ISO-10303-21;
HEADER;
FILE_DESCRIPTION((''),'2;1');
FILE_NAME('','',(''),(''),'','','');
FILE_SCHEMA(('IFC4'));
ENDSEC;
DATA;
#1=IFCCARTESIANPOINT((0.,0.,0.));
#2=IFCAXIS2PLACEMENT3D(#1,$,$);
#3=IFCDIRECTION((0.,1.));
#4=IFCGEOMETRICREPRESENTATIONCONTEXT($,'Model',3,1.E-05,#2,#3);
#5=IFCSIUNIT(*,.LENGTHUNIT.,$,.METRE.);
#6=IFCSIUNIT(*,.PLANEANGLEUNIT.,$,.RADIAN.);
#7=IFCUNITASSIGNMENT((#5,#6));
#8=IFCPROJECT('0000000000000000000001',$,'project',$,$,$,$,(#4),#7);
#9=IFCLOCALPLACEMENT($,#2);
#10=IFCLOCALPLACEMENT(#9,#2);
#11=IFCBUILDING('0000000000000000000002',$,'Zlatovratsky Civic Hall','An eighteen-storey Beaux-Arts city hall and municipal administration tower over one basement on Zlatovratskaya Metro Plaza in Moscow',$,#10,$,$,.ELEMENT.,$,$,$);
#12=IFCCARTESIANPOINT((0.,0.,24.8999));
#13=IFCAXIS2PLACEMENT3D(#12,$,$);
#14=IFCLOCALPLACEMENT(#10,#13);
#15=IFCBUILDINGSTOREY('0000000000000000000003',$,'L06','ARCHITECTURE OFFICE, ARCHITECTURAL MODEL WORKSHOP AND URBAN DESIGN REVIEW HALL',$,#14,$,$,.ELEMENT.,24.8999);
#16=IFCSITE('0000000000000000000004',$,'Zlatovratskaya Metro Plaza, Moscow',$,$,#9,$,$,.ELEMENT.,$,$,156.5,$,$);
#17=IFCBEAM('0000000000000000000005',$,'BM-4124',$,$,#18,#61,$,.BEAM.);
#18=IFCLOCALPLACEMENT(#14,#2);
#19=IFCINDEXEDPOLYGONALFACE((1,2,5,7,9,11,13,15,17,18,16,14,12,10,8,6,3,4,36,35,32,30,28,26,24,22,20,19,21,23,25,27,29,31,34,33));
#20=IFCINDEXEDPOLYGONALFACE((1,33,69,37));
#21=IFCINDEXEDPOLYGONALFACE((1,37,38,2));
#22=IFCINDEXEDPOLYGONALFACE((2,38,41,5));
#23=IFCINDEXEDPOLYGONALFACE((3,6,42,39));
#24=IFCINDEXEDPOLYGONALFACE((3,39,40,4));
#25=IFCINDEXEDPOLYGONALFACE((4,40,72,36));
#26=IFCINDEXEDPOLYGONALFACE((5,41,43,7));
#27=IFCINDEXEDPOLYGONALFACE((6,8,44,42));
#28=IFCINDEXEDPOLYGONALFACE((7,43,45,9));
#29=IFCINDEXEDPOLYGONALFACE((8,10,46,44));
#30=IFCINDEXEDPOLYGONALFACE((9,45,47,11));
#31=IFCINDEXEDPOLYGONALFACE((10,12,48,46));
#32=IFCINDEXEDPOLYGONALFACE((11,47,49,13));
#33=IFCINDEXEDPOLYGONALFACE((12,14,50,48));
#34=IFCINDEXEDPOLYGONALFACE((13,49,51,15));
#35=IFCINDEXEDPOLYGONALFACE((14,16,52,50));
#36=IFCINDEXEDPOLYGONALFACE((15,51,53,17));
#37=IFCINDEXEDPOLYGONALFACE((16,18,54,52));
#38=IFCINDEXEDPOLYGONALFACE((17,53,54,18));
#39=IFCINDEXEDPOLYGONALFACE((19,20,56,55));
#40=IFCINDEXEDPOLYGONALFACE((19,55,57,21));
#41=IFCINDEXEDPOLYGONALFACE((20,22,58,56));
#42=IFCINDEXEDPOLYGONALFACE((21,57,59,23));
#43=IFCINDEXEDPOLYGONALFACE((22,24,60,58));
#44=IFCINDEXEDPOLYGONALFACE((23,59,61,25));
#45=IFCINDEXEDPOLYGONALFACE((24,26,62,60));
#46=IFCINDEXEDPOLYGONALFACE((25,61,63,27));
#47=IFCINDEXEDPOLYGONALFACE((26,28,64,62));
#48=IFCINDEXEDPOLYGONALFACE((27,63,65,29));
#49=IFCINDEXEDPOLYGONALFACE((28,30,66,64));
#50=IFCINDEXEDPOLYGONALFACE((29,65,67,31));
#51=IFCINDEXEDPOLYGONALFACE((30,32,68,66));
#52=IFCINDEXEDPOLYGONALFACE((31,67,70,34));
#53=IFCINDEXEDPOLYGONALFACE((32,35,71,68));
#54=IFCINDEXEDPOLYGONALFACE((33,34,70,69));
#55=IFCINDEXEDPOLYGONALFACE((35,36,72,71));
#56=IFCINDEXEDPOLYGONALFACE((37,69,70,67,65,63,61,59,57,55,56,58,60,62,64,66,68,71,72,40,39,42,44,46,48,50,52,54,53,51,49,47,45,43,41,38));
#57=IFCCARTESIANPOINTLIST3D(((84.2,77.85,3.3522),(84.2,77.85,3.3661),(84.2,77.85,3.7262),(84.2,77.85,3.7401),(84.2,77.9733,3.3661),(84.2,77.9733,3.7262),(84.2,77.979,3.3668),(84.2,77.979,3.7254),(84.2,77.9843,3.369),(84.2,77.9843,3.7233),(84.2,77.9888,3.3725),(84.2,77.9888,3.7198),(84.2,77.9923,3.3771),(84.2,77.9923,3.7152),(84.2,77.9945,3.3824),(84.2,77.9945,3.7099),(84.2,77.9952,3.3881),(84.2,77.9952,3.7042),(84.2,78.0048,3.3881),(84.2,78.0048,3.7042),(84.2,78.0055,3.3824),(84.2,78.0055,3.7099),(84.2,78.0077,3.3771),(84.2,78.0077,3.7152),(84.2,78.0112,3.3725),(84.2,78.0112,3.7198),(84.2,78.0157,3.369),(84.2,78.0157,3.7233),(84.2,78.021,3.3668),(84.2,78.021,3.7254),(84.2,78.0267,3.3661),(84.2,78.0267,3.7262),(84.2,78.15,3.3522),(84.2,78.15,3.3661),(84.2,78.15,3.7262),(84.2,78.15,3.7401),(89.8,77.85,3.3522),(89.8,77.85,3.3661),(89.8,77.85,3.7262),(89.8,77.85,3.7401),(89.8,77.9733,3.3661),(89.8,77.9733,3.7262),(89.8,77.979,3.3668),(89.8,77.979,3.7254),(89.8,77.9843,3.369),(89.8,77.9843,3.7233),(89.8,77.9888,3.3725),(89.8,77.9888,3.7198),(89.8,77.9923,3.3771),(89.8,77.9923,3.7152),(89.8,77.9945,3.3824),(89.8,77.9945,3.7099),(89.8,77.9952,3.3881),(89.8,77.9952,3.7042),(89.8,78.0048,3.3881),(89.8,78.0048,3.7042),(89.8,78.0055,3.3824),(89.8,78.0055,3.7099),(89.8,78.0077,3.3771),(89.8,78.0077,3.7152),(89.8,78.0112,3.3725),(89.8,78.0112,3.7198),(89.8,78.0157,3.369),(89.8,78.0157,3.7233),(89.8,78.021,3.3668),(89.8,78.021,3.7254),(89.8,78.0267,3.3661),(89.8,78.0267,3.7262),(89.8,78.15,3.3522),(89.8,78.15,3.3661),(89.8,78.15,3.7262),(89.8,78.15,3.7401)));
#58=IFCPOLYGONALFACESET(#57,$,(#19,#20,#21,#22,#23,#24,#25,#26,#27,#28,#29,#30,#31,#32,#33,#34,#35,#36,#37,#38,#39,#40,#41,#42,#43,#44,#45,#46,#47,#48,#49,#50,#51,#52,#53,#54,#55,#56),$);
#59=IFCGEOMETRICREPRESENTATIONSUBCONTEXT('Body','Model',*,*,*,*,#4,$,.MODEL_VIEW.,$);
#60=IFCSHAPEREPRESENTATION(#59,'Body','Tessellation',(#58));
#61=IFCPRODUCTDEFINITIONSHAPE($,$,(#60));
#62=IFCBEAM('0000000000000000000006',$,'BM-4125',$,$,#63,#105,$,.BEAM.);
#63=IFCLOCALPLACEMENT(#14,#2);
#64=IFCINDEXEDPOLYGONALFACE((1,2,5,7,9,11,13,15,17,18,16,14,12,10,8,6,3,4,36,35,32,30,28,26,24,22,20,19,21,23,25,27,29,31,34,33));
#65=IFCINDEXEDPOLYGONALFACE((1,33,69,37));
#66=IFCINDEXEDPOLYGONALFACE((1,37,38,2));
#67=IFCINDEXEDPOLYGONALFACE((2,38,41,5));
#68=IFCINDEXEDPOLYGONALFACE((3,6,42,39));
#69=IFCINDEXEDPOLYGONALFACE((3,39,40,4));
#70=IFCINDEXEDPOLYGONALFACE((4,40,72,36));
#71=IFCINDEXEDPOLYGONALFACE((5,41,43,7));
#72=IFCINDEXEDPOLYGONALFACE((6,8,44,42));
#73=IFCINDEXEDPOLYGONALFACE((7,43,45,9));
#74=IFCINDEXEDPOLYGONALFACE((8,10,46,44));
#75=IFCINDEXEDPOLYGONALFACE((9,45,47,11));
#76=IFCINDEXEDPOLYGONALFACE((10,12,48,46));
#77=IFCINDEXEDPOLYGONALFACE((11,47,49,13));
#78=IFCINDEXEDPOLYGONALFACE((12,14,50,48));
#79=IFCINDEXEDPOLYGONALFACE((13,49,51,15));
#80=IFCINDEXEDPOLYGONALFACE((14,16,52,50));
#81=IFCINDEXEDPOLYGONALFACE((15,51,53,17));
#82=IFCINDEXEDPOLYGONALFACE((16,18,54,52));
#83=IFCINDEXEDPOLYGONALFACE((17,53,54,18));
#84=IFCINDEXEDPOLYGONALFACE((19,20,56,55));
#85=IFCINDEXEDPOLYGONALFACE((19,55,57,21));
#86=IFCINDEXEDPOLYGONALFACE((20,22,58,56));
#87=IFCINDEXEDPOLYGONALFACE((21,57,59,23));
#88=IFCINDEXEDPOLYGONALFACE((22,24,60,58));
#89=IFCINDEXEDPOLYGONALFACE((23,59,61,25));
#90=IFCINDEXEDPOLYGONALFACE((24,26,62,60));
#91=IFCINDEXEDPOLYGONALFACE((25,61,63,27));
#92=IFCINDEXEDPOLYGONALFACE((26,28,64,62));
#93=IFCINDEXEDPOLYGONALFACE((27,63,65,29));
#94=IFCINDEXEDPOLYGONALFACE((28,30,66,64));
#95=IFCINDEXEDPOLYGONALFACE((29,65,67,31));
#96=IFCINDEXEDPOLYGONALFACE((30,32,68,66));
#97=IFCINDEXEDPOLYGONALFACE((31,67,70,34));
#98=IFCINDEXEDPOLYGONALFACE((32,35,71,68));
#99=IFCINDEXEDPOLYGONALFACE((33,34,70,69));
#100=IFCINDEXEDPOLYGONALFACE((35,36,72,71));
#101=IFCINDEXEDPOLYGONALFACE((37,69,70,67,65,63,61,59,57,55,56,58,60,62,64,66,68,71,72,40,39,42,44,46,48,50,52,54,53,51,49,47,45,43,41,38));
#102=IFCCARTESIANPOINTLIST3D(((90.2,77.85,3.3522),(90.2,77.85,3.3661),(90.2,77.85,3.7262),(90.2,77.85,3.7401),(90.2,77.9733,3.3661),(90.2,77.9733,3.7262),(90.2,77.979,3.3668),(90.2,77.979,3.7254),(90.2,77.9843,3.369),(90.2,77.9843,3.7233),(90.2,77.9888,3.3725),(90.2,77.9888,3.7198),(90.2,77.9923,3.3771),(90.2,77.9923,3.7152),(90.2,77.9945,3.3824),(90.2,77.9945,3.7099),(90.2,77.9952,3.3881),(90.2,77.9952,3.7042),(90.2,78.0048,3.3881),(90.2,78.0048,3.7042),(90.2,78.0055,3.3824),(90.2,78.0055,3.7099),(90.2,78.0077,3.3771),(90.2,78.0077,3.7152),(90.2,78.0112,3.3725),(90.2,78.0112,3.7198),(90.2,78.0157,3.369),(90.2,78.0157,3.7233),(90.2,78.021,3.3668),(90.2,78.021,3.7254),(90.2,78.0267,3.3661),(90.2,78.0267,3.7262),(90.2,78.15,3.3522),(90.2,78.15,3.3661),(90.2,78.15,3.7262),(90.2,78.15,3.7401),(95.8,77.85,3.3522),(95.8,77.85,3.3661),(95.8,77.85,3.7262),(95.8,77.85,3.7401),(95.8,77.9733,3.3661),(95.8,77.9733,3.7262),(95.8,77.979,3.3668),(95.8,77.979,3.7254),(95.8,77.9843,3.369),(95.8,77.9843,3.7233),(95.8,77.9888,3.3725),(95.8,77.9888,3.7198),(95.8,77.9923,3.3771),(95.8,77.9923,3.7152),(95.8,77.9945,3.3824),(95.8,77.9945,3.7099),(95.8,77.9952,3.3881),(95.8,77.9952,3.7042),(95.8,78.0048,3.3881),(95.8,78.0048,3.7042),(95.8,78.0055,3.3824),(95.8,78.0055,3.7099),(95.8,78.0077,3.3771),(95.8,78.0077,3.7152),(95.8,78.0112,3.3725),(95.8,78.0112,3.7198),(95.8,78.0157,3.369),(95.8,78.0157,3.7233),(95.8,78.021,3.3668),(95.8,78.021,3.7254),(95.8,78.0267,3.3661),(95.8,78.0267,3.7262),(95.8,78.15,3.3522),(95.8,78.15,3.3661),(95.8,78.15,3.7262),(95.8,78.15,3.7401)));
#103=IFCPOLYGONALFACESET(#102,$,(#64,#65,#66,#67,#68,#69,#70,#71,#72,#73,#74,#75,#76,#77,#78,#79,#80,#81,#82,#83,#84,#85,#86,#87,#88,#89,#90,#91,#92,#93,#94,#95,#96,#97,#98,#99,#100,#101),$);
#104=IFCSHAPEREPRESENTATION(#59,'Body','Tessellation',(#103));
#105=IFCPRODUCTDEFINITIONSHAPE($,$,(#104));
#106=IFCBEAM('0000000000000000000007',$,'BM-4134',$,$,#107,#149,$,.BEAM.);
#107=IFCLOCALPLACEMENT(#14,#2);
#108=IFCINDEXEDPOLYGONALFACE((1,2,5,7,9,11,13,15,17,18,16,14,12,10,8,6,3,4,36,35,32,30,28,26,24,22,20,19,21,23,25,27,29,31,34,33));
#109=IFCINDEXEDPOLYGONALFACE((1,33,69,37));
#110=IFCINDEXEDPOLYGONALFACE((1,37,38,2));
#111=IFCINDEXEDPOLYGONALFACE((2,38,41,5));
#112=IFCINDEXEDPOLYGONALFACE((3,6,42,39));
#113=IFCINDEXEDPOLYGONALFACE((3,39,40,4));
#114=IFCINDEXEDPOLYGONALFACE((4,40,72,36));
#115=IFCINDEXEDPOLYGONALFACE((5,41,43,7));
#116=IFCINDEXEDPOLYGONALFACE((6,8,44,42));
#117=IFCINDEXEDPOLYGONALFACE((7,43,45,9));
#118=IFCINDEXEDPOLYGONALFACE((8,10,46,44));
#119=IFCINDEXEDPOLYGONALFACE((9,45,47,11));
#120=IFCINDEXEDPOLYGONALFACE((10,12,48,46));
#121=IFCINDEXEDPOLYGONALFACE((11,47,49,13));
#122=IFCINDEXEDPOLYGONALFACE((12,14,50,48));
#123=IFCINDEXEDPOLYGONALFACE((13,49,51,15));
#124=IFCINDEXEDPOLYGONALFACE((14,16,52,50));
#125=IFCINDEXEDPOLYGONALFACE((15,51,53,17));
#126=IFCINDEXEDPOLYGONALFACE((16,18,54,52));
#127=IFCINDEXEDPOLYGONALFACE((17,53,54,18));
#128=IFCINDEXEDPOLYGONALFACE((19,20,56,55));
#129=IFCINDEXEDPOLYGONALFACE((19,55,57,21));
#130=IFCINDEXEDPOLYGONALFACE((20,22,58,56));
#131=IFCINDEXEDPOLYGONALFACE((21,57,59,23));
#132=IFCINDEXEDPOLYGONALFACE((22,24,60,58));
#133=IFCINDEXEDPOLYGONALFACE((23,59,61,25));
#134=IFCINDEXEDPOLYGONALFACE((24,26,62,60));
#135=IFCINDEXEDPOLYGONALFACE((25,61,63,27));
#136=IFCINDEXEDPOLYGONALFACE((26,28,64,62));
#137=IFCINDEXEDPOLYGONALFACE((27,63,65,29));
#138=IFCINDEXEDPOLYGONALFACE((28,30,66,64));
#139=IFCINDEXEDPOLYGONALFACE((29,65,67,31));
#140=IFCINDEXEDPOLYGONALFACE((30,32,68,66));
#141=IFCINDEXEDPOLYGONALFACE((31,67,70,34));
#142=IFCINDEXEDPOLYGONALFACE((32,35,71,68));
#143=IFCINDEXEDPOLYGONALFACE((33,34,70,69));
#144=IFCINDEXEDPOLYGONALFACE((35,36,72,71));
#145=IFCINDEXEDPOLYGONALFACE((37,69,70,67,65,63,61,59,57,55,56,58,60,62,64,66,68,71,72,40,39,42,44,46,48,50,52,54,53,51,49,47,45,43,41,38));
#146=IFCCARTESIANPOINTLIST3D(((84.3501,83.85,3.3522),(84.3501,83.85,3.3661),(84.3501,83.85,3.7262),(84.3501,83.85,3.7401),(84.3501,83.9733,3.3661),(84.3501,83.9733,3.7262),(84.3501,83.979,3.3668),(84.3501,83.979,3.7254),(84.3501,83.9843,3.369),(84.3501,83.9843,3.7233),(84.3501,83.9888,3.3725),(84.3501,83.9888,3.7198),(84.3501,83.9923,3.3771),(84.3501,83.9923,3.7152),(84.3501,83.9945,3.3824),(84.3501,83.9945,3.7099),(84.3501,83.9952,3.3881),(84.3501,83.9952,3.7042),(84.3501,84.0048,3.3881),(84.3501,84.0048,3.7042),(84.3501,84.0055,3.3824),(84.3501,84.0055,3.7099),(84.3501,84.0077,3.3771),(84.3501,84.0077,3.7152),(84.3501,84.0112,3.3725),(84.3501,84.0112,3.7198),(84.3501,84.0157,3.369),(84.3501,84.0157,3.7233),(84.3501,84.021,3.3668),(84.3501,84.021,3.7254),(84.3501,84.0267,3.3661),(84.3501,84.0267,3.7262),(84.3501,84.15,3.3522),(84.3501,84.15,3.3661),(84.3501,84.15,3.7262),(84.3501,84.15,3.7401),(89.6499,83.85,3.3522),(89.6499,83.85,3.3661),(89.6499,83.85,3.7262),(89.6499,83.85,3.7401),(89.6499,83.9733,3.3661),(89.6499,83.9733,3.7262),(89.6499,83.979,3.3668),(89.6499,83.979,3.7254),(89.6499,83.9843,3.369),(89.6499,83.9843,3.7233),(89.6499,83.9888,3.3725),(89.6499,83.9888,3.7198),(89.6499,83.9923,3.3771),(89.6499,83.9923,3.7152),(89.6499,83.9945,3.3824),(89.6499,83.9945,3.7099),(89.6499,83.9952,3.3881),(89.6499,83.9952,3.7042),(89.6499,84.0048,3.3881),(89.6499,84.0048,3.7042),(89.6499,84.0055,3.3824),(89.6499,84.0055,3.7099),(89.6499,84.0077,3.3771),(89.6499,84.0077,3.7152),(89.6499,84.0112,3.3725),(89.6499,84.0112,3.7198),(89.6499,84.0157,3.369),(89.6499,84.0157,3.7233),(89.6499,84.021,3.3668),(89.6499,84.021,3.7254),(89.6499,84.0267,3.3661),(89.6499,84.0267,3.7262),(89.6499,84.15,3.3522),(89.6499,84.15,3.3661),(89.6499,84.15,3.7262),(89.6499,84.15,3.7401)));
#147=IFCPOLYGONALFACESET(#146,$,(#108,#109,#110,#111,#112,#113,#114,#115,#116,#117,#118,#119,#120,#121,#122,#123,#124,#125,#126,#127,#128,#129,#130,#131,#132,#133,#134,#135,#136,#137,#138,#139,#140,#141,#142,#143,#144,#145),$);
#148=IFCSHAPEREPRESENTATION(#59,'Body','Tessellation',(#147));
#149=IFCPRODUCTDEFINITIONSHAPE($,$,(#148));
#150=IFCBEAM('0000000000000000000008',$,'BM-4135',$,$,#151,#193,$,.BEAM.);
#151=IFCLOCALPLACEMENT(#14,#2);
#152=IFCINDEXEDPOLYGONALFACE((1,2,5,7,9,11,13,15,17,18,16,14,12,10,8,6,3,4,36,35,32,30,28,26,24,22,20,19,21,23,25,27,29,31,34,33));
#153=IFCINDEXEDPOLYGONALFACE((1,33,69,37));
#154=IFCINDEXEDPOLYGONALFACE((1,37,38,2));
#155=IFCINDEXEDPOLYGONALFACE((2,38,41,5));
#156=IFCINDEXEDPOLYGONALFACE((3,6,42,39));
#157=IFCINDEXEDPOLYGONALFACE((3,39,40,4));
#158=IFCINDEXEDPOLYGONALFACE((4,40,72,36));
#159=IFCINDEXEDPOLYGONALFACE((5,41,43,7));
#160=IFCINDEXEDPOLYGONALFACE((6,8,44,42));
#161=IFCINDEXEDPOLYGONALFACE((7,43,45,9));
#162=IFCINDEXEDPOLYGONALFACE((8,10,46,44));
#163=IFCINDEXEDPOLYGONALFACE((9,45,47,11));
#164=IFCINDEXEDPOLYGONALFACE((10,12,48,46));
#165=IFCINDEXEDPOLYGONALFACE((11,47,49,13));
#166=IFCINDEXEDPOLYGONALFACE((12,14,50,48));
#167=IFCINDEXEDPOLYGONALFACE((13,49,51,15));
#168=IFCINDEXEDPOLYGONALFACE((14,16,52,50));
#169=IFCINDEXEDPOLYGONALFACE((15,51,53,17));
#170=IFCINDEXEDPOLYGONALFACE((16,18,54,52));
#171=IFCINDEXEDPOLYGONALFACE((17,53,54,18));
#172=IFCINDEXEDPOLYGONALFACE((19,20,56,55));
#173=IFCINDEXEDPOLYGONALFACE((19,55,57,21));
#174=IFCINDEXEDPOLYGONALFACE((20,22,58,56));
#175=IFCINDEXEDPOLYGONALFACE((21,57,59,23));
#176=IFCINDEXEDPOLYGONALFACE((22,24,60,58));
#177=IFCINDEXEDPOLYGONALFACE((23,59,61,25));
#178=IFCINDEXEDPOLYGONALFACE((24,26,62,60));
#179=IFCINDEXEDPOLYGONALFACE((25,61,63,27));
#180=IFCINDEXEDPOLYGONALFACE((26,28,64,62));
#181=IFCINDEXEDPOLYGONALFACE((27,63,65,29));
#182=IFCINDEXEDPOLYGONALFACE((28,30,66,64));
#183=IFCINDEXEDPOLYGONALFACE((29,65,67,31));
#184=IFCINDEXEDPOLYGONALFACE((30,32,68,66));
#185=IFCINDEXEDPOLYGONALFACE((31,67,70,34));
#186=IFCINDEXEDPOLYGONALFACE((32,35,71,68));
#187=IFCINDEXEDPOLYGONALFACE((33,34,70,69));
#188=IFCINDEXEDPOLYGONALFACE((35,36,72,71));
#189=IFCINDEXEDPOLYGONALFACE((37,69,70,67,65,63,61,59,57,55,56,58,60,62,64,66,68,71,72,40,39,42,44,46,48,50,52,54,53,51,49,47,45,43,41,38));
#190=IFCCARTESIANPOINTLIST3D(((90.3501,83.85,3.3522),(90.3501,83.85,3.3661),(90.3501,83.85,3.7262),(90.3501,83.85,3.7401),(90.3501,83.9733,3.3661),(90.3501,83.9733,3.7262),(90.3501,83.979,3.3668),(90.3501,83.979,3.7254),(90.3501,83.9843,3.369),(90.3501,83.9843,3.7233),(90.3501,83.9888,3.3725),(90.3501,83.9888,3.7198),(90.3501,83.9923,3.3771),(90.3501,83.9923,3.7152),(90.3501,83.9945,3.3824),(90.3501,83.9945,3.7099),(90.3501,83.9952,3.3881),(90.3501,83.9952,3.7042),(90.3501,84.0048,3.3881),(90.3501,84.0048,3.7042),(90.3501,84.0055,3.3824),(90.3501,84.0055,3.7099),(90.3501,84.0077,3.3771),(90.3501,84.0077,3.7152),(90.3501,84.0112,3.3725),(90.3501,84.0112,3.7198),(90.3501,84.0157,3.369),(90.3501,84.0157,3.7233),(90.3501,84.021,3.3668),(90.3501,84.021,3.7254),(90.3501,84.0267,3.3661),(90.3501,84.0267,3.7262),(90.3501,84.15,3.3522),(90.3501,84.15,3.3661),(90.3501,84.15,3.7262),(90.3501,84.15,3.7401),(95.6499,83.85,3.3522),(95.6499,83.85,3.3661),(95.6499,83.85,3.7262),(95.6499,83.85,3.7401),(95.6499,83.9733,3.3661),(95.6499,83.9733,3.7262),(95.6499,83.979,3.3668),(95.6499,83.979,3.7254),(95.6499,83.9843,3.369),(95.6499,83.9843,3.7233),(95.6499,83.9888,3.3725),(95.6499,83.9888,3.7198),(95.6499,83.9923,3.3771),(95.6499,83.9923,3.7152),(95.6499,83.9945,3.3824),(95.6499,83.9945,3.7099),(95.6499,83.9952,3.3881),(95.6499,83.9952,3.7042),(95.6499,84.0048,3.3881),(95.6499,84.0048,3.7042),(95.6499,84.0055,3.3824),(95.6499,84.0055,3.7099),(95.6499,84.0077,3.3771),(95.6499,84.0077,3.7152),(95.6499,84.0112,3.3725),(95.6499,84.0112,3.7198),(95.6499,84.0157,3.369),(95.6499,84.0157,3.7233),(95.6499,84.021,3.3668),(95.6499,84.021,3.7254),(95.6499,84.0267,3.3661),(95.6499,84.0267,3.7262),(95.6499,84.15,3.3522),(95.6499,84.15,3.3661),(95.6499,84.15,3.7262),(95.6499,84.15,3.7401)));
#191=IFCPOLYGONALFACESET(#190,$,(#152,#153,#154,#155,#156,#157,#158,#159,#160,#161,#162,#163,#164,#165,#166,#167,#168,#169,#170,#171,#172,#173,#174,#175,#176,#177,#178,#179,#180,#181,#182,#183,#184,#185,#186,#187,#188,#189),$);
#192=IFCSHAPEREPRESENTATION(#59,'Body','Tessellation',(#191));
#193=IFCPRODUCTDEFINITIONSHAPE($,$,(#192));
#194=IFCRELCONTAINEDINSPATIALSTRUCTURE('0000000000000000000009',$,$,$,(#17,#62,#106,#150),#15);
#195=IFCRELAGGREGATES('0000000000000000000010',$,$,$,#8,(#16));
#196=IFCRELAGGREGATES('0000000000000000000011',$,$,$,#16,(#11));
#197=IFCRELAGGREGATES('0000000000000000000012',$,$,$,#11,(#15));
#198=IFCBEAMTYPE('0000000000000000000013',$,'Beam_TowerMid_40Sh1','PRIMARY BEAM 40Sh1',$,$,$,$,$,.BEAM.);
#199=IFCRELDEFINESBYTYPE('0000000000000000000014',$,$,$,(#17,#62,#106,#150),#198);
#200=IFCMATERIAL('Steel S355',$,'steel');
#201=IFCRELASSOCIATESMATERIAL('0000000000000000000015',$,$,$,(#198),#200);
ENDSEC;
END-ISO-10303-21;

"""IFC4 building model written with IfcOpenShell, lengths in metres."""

from ifc_helpers import new_model, si_unit, direction, frame, origin, origin_2d, place, context, subcontext, project, spatial, i_section, extrude, material, material_profile, profile_set, type_object, element, save


model = new_model("IFC4")

# Units and contexts
model_context = context("Model", 3, precision=1e-05, world=origin(), true_north=direction((0.0, 1.0)))
body_context = subcontext(model_context, "Body", "Model", "MODEL_VIEW")
ifc_project = project(units=[si_unit("LENGTHUNIT", "METRE"), si_unit("PLANEANGLEUNIT", "RADIAN")], contexts=[model_context])

# Site, building, storey
site_placement = place(None, origin())
site = spatial("IfcSite", under=ifc_project, at=site_placement, Name="Zlatovratskaya Metro Plaza, Moscow", CompositionType="ELEMENT", RefElevation=156.5)
building_placement = place(site_placement, origin())
building = spatial("IfcBuilding", under=site, at=building_placement, Name="Zlatovratsky Civic Hall", Description="An eighteen-storey Beaux-Arts city hall and municipal administration tower over one basement on Zlatovratskaya Metro Plaza in Moscow", CompositionType="ELEMENT")
storey_placement = place(building_placement, frame((0.0, 0.0, 24.8999)))
storey = spatial("IfcBuildingStorey", under=building, at=storey_placement, Name="L06", Description="ARCHITECTURE OFFICE, ARCHITECTURAL MODEL WORKSHOP AND URBAN DESIGN REVIEW HALL", CompositionType="ELEMENT", Elevation=24.8999)

# Shared definitions
ifc_material_1 = material(Name="Steel S355", Category="steel")

# Beams
ifc_material_profile_1 = material_profile(ifc_material_1, i_section(OverallWidth=0.3, OverallDepth=0.3879, WebThickness=0.0095, FlangeThickness=0.0139, FilletRadius=0.022, at=origin_2d()), Name="40Sh1")
ifc_profile_set_1 = profile_set([ifc_material_profile_1], Name="Steel S355")
beam_type = type_object("IfcBeamType", Name="Beam_TowerMid_40Sh1", Description="PRIMARY BEAM 40Sh1", PredefinedType="BEAM", material=ifc_profile_set_1)
for number, where, z_axis, x_axis, name in (
    (1, (84.2, 78.0, 3.5461), (1.0, 0.0, 0.0), (0.0, 1.0, 0.0), "BM-4124"),
    (2, (90.2, 78.0, 3.5461), (1.0, 0.0, 0.0), (0.0, 1.0, 0.0), "BM-4125"),
):
    element("IfcBeam", number, at=place(storey_placement, frame(where, z_axis=z_axis, x_axis=x_axis)), inside=storey, type_object=beam_type, Name=name, PredefinedType="BEAM", context=body_context, shape_type="SweptSolid", body=[
        extrude(i_section(OverallWidth=0.3, OverallDepth=0.3879, WebThickness=0.0095, FlangeThickness=0.0139, FilletRadius=0.022, at=origin_2d()), origin(), (0.0, 0.0, 1.0), 5.6001),
    ])
for number, where, z_axis, x_axis, name in (
    (3, (84.3501, 84.0, 3.5461), (1.0, 0.0, 0.0), (0.0, 1.0, 0.0), "BM-4134"),
    (4, (90.3501, 84.0, 3.5461), (1.0, 0.0, 0.0), (0.0, 1.0, 0.0), "BM-4135"),
):
    element("IfcBeam", number, at=place(storey_placement, frame(where, z_axis=z_axis, x_axis=x_axis)), inside=storey, type_object=beam_type, Name=name, PredefinedType="BEAM", context=body_context, shape_type="SweptSolid", body=[
        extrude(i_section(OverallWidth=0.3, OverallDepth=0.3879, WebThickness=0.0095, FlangeThickness=0.0139, FilletRadius=0.022, at=origin_2d()), origin(), (0.0, 0.0, 1.0), 5.2998),
    ])

save(model, "model.ifc")
